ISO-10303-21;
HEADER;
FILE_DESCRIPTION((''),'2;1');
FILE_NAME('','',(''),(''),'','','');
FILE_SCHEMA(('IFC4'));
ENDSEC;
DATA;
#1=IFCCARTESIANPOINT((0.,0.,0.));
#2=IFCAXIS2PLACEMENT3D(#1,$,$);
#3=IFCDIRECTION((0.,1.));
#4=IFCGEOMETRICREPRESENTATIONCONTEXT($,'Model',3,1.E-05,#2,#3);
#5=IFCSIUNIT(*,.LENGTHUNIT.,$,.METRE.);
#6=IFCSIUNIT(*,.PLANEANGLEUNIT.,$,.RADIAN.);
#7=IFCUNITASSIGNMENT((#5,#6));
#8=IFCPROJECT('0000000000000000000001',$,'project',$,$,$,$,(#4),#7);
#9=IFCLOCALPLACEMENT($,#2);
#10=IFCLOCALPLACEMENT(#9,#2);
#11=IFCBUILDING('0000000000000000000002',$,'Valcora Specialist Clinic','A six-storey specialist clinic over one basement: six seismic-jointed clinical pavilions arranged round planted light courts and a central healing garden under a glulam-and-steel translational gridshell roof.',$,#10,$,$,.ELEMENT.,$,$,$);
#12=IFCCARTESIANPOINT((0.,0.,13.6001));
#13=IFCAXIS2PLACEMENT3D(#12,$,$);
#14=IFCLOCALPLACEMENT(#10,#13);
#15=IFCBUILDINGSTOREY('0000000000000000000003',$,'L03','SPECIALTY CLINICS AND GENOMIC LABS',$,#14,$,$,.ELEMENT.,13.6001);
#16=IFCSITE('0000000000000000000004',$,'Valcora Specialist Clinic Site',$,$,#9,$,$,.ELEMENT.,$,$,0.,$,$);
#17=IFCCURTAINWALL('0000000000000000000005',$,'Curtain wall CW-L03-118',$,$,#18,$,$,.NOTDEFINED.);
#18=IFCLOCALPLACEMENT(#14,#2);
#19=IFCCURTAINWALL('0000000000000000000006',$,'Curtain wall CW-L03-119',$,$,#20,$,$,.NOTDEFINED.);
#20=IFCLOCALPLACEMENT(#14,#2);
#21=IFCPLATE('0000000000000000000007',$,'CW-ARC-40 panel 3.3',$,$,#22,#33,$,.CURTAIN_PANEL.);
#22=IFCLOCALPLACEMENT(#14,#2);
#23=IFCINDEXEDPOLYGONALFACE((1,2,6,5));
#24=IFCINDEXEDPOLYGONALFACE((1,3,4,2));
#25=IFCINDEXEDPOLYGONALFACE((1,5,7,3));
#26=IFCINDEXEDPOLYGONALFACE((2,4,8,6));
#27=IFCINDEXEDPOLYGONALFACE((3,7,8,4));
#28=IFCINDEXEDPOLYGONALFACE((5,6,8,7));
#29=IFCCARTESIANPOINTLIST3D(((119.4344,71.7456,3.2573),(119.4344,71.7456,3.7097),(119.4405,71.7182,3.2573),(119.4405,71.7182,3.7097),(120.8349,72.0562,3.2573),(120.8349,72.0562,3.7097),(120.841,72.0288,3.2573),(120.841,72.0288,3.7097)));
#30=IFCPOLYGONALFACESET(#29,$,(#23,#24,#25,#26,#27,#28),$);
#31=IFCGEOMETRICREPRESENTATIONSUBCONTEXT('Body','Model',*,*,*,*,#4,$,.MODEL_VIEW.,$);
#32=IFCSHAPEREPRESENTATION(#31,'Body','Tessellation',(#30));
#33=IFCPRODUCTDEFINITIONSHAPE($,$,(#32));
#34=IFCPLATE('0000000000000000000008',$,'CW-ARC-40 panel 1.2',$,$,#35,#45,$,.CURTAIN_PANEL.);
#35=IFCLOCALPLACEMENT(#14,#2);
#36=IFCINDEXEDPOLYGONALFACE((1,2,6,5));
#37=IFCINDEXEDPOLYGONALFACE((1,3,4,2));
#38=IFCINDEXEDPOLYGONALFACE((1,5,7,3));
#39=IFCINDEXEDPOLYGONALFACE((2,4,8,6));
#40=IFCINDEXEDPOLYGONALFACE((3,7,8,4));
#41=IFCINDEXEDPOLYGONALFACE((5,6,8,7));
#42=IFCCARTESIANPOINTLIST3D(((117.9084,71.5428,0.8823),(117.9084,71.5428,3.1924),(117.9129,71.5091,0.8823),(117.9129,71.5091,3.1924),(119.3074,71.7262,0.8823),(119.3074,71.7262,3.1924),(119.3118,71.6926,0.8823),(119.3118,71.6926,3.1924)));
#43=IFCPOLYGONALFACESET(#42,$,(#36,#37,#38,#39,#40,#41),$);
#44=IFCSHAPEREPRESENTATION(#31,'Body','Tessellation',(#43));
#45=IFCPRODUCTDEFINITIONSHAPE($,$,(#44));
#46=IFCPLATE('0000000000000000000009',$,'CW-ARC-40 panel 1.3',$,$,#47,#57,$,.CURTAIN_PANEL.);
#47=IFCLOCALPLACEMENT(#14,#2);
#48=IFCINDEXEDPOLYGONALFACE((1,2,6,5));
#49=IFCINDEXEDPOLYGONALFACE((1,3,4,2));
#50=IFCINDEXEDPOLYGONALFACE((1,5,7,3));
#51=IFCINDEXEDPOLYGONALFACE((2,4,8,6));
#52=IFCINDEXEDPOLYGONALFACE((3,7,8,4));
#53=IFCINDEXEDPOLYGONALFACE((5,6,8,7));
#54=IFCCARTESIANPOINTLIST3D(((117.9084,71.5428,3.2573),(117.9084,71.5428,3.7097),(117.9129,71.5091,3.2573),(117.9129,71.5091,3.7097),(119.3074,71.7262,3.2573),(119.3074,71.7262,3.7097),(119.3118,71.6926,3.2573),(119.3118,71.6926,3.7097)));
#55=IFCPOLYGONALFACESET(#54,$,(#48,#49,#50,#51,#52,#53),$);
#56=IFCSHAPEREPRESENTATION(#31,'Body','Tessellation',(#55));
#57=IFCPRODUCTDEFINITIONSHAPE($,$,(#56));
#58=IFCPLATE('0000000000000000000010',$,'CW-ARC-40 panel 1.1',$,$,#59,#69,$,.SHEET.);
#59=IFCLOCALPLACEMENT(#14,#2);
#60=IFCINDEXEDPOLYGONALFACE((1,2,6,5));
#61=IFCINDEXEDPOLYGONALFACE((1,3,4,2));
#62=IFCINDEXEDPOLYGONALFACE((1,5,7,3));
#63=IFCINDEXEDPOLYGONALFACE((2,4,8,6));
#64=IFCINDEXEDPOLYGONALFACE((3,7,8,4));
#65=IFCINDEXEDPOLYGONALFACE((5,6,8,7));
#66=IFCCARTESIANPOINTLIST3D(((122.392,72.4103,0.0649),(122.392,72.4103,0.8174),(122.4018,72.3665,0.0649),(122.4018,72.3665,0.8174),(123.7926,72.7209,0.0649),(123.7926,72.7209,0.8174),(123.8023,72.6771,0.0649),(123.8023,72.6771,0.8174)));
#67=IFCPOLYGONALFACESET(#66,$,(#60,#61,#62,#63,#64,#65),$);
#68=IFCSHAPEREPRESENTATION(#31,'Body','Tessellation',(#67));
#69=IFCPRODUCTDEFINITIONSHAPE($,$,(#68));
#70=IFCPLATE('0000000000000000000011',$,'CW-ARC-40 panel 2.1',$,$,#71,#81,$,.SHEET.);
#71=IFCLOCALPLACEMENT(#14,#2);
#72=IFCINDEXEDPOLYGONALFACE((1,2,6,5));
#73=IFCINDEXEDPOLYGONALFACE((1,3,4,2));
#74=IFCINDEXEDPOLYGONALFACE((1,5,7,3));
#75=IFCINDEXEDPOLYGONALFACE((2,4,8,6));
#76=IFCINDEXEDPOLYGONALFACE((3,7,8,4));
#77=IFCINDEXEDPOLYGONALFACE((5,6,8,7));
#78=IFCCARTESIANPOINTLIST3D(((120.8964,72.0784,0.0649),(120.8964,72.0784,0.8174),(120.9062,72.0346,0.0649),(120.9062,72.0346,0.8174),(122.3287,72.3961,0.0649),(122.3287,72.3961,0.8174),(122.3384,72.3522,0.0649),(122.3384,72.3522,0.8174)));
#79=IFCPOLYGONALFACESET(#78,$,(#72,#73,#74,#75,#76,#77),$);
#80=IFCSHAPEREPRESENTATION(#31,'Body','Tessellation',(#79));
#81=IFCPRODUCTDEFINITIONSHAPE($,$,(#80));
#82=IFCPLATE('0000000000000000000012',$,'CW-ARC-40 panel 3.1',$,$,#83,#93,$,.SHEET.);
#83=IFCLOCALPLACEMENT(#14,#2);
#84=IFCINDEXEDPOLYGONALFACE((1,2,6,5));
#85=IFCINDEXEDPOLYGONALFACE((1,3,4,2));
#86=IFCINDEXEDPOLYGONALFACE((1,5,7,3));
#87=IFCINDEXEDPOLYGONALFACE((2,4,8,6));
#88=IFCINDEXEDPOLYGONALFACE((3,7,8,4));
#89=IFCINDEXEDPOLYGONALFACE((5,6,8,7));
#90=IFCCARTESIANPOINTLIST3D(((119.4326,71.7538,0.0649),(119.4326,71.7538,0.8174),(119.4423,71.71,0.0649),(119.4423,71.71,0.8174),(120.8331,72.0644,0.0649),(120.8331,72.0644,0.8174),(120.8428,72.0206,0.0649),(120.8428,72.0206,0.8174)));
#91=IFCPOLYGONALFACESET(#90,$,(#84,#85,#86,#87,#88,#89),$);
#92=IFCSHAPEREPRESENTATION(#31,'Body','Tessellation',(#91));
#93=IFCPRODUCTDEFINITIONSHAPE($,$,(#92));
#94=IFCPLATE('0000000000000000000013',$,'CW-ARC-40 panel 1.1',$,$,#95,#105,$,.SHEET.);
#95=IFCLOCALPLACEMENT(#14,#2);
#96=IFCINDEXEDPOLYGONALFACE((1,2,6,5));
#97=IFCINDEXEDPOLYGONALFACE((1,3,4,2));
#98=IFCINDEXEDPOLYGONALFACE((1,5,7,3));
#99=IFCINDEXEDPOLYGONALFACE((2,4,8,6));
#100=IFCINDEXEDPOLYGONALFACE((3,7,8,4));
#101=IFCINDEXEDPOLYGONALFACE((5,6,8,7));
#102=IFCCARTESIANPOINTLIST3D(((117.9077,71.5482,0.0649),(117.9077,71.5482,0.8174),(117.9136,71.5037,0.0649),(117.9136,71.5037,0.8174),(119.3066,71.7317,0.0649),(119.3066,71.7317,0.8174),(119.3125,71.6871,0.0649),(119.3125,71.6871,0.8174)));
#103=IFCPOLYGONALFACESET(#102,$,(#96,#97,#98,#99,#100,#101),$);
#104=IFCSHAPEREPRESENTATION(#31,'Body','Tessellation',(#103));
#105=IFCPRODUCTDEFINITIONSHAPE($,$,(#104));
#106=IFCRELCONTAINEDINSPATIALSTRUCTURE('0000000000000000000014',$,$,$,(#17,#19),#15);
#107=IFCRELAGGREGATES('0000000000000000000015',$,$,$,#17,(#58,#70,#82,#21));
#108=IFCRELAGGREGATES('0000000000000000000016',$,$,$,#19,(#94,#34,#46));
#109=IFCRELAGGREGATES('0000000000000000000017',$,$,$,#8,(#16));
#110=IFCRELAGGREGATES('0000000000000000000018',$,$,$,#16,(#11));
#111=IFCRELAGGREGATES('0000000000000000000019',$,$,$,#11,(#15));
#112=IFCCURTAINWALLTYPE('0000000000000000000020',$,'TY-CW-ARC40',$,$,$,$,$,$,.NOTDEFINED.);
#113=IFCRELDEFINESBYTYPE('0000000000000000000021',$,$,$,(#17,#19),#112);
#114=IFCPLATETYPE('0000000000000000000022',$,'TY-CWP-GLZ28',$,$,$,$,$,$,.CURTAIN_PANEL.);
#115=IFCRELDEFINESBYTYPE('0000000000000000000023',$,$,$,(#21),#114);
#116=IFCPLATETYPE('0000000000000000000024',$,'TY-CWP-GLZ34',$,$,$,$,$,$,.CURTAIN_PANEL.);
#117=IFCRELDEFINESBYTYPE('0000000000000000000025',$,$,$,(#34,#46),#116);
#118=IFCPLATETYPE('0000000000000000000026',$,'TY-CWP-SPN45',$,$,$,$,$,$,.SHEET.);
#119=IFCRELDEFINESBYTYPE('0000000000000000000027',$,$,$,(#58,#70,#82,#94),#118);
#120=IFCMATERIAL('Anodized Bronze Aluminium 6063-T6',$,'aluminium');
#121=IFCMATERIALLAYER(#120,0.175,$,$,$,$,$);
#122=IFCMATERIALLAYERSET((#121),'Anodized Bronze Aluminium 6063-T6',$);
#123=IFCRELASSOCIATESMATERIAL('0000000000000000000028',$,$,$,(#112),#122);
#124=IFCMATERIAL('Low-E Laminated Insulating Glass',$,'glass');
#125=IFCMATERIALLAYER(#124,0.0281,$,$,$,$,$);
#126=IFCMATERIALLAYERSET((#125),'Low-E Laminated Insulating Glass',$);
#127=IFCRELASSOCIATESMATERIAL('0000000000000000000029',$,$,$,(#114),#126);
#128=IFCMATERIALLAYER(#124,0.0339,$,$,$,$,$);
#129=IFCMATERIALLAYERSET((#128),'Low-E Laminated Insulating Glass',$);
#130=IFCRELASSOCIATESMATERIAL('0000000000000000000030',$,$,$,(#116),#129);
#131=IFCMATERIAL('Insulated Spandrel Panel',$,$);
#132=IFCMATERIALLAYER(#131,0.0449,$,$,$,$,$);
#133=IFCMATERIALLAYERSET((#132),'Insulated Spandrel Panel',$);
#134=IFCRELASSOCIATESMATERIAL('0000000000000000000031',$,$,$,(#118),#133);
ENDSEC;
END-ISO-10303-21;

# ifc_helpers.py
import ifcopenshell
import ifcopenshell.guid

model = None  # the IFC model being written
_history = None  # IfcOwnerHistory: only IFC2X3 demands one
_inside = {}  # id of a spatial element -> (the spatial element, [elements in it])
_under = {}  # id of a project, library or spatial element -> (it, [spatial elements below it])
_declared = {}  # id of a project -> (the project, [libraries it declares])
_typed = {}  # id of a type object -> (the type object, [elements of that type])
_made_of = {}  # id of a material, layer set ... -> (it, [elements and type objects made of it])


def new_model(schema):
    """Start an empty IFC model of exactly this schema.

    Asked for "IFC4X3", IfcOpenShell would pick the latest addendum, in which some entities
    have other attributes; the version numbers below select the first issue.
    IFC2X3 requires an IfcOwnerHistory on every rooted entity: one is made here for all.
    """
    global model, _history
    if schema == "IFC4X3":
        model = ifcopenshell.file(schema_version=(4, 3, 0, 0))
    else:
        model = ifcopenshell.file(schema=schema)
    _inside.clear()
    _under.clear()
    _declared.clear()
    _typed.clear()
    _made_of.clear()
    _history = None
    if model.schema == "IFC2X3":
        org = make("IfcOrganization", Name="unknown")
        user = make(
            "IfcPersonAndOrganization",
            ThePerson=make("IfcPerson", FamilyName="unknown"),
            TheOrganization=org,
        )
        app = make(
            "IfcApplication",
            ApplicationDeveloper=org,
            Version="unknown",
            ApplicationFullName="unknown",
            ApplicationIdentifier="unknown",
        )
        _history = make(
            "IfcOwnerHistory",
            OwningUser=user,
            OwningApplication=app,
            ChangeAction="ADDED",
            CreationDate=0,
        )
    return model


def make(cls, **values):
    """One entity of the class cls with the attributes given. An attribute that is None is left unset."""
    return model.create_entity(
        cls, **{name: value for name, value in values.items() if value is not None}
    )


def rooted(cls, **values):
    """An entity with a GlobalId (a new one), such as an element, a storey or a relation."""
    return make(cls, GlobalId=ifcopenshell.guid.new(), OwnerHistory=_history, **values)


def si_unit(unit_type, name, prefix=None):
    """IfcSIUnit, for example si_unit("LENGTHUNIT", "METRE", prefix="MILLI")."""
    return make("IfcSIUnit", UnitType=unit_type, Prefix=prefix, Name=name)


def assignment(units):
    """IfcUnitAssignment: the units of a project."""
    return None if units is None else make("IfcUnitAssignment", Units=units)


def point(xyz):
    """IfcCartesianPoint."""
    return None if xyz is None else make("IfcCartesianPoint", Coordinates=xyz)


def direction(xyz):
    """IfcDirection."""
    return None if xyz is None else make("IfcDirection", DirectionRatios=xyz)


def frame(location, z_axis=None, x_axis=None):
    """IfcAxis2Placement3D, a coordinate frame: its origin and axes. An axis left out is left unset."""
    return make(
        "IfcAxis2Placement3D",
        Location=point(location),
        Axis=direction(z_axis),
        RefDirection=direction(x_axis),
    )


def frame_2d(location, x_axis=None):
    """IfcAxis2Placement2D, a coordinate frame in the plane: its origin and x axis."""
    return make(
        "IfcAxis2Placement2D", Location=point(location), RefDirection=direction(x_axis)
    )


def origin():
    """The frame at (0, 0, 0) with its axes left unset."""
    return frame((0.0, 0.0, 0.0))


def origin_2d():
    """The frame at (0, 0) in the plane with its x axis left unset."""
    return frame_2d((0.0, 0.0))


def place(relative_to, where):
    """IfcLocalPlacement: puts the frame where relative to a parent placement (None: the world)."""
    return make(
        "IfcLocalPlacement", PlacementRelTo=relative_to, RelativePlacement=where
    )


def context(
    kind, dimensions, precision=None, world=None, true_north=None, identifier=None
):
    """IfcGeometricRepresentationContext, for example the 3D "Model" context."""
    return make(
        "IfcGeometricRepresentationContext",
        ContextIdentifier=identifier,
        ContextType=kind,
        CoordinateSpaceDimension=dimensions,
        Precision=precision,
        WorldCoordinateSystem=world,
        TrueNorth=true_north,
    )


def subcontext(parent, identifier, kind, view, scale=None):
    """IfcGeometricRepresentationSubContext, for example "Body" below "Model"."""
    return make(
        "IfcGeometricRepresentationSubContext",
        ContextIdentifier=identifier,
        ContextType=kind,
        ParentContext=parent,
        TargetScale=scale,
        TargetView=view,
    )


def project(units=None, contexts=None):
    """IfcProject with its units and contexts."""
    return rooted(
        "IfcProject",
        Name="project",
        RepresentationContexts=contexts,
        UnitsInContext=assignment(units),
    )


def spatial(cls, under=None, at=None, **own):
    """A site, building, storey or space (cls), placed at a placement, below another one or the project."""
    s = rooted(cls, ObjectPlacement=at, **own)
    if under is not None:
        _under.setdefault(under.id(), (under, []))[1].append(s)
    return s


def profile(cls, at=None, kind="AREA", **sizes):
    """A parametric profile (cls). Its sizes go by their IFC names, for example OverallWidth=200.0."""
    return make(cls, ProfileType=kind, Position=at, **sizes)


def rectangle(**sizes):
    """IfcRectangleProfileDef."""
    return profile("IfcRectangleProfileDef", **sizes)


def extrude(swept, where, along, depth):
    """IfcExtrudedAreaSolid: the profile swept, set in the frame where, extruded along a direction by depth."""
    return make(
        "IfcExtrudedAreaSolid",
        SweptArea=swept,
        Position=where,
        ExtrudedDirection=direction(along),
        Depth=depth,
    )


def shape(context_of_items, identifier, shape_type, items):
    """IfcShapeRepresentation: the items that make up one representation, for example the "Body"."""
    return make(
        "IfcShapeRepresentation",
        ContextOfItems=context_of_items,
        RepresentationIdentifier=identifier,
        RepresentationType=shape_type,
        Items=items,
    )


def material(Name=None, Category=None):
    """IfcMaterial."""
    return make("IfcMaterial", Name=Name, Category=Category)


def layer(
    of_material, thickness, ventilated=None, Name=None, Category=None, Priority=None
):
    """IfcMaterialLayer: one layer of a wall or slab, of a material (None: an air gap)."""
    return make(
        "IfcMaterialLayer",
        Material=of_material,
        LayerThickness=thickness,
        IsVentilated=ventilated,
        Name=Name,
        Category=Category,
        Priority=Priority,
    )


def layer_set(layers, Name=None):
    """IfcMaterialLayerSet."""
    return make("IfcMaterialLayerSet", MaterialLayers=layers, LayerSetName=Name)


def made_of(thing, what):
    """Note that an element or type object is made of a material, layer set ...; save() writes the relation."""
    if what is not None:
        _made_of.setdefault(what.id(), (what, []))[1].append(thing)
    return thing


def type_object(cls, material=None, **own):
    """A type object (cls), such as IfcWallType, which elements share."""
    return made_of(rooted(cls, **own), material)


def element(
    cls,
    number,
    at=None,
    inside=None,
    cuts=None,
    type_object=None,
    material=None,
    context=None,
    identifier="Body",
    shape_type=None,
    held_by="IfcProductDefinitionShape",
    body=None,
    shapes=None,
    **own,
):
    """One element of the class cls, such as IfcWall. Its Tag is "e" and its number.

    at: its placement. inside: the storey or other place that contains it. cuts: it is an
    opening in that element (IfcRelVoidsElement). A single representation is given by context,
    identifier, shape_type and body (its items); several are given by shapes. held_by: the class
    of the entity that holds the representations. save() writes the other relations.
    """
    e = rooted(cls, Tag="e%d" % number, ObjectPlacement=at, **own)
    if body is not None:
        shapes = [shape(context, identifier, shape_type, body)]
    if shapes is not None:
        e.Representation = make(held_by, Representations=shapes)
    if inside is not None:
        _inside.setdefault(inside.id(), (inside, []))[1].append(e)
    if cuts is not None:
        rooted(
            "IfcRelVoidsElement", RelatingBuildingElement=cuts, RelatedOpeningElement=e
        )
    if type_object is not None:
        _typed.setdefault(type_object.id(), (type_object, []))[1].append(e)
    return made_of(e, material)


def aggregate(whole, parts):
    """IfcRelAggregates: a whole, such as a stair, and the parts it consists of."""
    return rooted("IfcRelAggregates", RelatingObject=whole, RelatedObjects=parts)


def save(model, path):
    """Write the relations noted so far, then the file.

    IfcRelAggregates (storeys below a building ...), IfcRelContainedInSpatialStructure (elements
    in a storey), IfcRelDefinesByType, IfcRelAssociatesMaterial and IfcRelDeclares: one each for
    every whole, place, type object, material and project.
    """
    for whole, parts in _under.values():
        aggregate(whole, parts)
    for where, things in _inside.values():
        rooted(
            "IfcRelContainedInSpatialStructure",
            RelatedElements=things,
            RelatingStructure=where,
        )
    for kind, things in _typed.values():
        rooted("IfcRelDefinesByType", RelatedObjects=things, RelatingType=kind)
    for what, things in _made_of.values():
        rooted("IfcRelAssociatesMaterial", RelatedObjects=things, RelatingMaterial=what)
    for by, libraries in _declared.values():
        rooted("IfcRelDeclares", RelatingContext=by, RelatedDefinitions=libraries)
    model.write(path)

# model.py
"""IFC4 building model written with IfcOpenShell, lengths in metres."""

from ifc_helpers import new_model, si_unit, direction, frame, origin, origin_2d, place, context, subcontext, project, spatial, rectangle, extrude, material, layer, layer_set, type_object, element, aggregate, save


model = new_model("IFC4")

# Units and contexts
model_context = context("Model", 3, precision=1e-05, world=origin(), true_north=direction((0.0, 1.0)))
body_context = subcontext(model_context, "Body", "Model", "MODEL_VIEW")
ifc_project = project(units=[si_unit("LENGTHUNIT", "METRE"), si_unit("PLANEANGLEUNIT", "RADIAN")], contexts=[model_context])

# Site, building, storey
site_placement = place(None, origin())
site = spatial("IfcSite", under=ifc_project, at=site_placement, Name="Valcora Specialist Clinic Site", CompositionType="ELEMENT", RefElevation=0.0)
building_placement = place(site_placement, origin())
building = spatial("IfcBuilding", under=site, at=building_placement, Name="Valcora Specialist Clinic", Description="A six-storey specialist clinic over one basement: six seismic-jointed clinical pavilions arranged round planted light courts and a central healing garden under a glulam-and-steel translational gridshell roof.", CompositionType="ELEMENT")
storey_placement = place(building_placement, frame((0.0, 0.0, 13.6001)))
storey = spatial("IfcBuildingStorey", under=building, at=storey_placement, Name="L03", Description="SPECIALTY CLINICS AND GENOMIC LABS", CompositionType="ELEMENT", Elevation=13.6001)

# Curtain walls
ifc_material_1 = material(Name="Anodized Bronze Aluminium 6063-T6", Category="aluminium")
ifc_layer_1 = layer(ifc_material_1, 0.175)
ifc_layer_set_1 = layer_set([ifc_layer_1], Name="Anodized Bronze Aluminium 6063-T6")
curtain_wall_type = type_object("IfcCurtainWallType", Name="TY-CW-ARC40", PredefinedType="NOTDEFINED", material=ifc_layer_set_1)
curtain_wall_1_placement = place(storey_placement, origin())
curtain_wall_1 = element("IfcCurtainWall", 1, at=curtain_wall_1_placement, inside=storey, type_object=curtain_wall_type, Name="Curtain wall CW-L03-118", PredefinedType="NOTDEFINED")
curtain_wall_2_placement = place(storey_placement, origin())
curtain_wall_2 = element("IfcCurtainWall", 2, at=curtain_wall_2_placement, inside=storey, type_object=curtain_wall_type, Name="Curtain wall CW-L03-119", PredefinedType="NOTDEFINED")

# Plates
ifc_material_2 = material(Name="Low-E Laminated Insulating Glass", Category="glass")
ifc_layer_2 = layer(ifc_material_2, 0.0281)
ifc_layer_set_2 = layer_set([ifc_layer_2], Name="Low-E Laminated Insulating Glass")
plate_type_1 = type_object("IfcPlateType", Name="TY-CWP-GLZ28", PredefinedType="CURTAIN_PANEL", material=ifc_layer_set_2)
plate_1_placement = place(storey_placement, frame((120.1377, 71.8872, 3.2573), z_axis=(0.0, 0.0, 1.0), x_axis=(-0.976279, -0.216518, 0.0)))
plate_1 = element("IfcPlate", 3, at=plate_1_placement, type_object=plate_type_1, Name="CW-ARC-40 panel 3.3", PredefinedType="CURTAIN_PANEL", context=body_context, shape_type="SweptSolid", body=[
    extrude(rectangle(XDim=1.4346, YDim=0.0281, at=origin_2d()), origin(), (0.0, 0.0, 1.0), 0.4524),
])
ifc_layer_3 = layer(ifc_material_2, 0.0339)
ifc_layer_set_3 = layer_set([ifc_layer_3], Name="Low-E Laminated Insulating Glass")
plate_type_2 = type_object("IfcPlateType", Name="TY-CWP-GLZ34", PredefinedType="CURTAIN_PANEL", material=ifc_layer_set_3)
plate_2_placement = place(storey_placement, frame((118.6101, 71.6177, 0.8823), z_axis=(0.0, 0.0, 1.0), x_axis=(-0.991514, -0.129999, 0.0)))
plate_2 = element("IfcPlate", 4, at=plate_2_placement, type_object=plate_type_2, Name="CW-ARC-40 panel 1.2", PredefinedType="CURTAIN_PANEL", context=body_context, shape_type="SweptSolid", body=[
    extrude(rectangle(XDim=1.4109, YDim=0.0339, at=origin_2d()), origin(), (0.0, 0.0, 1.0), 2.3101),
])
plate_3_placement = place(storey_placement, frame((118.6101, 71.6177, 3.2573), z_axis=(0.0, 0.0, 1.0), x_axis=(-0.991514, -0.129999, 0.0)))
plate_3 = element("IfcPlate", 5, at=plate_3_placement, type_object=plate_type_2, Name="CW-ARC-40 panel 1.3", PredefinedType="CURTAIN_PANEL", context=body_context, shape_type="SweptSolid", body=[
    extrude(rectangle(XDim=1.4109, YDim=0.0339, at=origin_2d()), origin(), (0.0, 0.0, 1.0), 0.4524),
])
ifc_material_3 = material(Name="Insulated Spandrel Panel")
ifc_layer_4 = layer(ifc_material_3, 0.0449)
ifc_layer_set_4 = layer_set([ifc_layer_4], Name="Insulated Spandrel Panel")
plate_type_3 = type_object("IfcPlateType", Name="TY-CWP-SPN45", PredefinedType="SHEET", material=ifc_layer_set_4)
plate_4_placement = place(storey_placement, frame((123.0972, 72.5437, 0.0649), z_axis=(0.0, 0.0, 1.0), x_axis=(-0.976279, -0.216518, 0.0)))
plate_4 = element("IfcPlate", 6, at=plate_4_placement, type_object=plate_type_3, Name="CW-ARC-40 panel 1.1", PredefinedType="SHEET", context=body_context, shape_type="SweptSolid", body=[
    extrude(rectangle(XDim=1.4346, YDim=0.0449, at=origin_2d()), origin(), (0.0, 0.0, 1.0), 0.7524),
])
plate_5_placement = place(storey_placement, frame((121.6174, 72.2153, 0.0649), z_axis=(0.0, 0.0, 1.0), x_axis=(-0.976279, -0.216518, 0.0)))
plate_5 = element("IfcPlate", 7, at=plate_5_placement, type_object=plate_type_3, Name="CW-ARC-40 panel 2.1", PredefinedType="SHEET", context=body_context, shape_type="SweptSolid", body=[
    extrude(rectangle(XDim=1.467, YDim=0.0449, at=origin_2d()), origin(), (0.0, 0.0, 1.0), 0.7524),
])
plate_6_placement = place(storey_placement, frame((120.1377, 71.8872, 0.0649), z_axis=(0.0, 0.0, 1.0), x_axis=(-0.976279, -0.216518, 0.0)))
plate_6 = element("IfcPlate", 8, at=plate_6_placement, type_object=plate_type_3, Name="CW-ARC-40 panel 3.1", PredefinedType="SHEET", context=body_context, shape_type="SweptSolid", body=[
    extrude(rectangle(XDim=1.4346, YDim=0.0449, at=origin_2d()), origin(), (0.0, 0.0, 1.0), 0.7524),
])
aggregate(curtain_wall_1, [plate_4, plate_5, plate_6, plate_1])
plate_7_placement = place(storey_placement, frame((118.6101, 71.6177, 0.0649), z_axis=(0.0, 0.0, 1.0), x_axis=(-0.991514, -0.129999, 0.0)))
plate_7 = element("IfcPlate", 9, at=plate_7_placement, type_object=plate_type_3, Name="CW-ARC-40 panel 1.1", PredefinedType="SHEET", context=body_context, shape_type="SweptSolid", body=[
    extrude(rectangle(XDim=1.4109, YDim=0.0449, at=origin_2d()), origin(), (0.0, 0.0, 1.0), 0.7524),
])
aggregate(curtain_wall_2, [plate_7, plate_2, plate_3])

save(model, "model.ifc")
